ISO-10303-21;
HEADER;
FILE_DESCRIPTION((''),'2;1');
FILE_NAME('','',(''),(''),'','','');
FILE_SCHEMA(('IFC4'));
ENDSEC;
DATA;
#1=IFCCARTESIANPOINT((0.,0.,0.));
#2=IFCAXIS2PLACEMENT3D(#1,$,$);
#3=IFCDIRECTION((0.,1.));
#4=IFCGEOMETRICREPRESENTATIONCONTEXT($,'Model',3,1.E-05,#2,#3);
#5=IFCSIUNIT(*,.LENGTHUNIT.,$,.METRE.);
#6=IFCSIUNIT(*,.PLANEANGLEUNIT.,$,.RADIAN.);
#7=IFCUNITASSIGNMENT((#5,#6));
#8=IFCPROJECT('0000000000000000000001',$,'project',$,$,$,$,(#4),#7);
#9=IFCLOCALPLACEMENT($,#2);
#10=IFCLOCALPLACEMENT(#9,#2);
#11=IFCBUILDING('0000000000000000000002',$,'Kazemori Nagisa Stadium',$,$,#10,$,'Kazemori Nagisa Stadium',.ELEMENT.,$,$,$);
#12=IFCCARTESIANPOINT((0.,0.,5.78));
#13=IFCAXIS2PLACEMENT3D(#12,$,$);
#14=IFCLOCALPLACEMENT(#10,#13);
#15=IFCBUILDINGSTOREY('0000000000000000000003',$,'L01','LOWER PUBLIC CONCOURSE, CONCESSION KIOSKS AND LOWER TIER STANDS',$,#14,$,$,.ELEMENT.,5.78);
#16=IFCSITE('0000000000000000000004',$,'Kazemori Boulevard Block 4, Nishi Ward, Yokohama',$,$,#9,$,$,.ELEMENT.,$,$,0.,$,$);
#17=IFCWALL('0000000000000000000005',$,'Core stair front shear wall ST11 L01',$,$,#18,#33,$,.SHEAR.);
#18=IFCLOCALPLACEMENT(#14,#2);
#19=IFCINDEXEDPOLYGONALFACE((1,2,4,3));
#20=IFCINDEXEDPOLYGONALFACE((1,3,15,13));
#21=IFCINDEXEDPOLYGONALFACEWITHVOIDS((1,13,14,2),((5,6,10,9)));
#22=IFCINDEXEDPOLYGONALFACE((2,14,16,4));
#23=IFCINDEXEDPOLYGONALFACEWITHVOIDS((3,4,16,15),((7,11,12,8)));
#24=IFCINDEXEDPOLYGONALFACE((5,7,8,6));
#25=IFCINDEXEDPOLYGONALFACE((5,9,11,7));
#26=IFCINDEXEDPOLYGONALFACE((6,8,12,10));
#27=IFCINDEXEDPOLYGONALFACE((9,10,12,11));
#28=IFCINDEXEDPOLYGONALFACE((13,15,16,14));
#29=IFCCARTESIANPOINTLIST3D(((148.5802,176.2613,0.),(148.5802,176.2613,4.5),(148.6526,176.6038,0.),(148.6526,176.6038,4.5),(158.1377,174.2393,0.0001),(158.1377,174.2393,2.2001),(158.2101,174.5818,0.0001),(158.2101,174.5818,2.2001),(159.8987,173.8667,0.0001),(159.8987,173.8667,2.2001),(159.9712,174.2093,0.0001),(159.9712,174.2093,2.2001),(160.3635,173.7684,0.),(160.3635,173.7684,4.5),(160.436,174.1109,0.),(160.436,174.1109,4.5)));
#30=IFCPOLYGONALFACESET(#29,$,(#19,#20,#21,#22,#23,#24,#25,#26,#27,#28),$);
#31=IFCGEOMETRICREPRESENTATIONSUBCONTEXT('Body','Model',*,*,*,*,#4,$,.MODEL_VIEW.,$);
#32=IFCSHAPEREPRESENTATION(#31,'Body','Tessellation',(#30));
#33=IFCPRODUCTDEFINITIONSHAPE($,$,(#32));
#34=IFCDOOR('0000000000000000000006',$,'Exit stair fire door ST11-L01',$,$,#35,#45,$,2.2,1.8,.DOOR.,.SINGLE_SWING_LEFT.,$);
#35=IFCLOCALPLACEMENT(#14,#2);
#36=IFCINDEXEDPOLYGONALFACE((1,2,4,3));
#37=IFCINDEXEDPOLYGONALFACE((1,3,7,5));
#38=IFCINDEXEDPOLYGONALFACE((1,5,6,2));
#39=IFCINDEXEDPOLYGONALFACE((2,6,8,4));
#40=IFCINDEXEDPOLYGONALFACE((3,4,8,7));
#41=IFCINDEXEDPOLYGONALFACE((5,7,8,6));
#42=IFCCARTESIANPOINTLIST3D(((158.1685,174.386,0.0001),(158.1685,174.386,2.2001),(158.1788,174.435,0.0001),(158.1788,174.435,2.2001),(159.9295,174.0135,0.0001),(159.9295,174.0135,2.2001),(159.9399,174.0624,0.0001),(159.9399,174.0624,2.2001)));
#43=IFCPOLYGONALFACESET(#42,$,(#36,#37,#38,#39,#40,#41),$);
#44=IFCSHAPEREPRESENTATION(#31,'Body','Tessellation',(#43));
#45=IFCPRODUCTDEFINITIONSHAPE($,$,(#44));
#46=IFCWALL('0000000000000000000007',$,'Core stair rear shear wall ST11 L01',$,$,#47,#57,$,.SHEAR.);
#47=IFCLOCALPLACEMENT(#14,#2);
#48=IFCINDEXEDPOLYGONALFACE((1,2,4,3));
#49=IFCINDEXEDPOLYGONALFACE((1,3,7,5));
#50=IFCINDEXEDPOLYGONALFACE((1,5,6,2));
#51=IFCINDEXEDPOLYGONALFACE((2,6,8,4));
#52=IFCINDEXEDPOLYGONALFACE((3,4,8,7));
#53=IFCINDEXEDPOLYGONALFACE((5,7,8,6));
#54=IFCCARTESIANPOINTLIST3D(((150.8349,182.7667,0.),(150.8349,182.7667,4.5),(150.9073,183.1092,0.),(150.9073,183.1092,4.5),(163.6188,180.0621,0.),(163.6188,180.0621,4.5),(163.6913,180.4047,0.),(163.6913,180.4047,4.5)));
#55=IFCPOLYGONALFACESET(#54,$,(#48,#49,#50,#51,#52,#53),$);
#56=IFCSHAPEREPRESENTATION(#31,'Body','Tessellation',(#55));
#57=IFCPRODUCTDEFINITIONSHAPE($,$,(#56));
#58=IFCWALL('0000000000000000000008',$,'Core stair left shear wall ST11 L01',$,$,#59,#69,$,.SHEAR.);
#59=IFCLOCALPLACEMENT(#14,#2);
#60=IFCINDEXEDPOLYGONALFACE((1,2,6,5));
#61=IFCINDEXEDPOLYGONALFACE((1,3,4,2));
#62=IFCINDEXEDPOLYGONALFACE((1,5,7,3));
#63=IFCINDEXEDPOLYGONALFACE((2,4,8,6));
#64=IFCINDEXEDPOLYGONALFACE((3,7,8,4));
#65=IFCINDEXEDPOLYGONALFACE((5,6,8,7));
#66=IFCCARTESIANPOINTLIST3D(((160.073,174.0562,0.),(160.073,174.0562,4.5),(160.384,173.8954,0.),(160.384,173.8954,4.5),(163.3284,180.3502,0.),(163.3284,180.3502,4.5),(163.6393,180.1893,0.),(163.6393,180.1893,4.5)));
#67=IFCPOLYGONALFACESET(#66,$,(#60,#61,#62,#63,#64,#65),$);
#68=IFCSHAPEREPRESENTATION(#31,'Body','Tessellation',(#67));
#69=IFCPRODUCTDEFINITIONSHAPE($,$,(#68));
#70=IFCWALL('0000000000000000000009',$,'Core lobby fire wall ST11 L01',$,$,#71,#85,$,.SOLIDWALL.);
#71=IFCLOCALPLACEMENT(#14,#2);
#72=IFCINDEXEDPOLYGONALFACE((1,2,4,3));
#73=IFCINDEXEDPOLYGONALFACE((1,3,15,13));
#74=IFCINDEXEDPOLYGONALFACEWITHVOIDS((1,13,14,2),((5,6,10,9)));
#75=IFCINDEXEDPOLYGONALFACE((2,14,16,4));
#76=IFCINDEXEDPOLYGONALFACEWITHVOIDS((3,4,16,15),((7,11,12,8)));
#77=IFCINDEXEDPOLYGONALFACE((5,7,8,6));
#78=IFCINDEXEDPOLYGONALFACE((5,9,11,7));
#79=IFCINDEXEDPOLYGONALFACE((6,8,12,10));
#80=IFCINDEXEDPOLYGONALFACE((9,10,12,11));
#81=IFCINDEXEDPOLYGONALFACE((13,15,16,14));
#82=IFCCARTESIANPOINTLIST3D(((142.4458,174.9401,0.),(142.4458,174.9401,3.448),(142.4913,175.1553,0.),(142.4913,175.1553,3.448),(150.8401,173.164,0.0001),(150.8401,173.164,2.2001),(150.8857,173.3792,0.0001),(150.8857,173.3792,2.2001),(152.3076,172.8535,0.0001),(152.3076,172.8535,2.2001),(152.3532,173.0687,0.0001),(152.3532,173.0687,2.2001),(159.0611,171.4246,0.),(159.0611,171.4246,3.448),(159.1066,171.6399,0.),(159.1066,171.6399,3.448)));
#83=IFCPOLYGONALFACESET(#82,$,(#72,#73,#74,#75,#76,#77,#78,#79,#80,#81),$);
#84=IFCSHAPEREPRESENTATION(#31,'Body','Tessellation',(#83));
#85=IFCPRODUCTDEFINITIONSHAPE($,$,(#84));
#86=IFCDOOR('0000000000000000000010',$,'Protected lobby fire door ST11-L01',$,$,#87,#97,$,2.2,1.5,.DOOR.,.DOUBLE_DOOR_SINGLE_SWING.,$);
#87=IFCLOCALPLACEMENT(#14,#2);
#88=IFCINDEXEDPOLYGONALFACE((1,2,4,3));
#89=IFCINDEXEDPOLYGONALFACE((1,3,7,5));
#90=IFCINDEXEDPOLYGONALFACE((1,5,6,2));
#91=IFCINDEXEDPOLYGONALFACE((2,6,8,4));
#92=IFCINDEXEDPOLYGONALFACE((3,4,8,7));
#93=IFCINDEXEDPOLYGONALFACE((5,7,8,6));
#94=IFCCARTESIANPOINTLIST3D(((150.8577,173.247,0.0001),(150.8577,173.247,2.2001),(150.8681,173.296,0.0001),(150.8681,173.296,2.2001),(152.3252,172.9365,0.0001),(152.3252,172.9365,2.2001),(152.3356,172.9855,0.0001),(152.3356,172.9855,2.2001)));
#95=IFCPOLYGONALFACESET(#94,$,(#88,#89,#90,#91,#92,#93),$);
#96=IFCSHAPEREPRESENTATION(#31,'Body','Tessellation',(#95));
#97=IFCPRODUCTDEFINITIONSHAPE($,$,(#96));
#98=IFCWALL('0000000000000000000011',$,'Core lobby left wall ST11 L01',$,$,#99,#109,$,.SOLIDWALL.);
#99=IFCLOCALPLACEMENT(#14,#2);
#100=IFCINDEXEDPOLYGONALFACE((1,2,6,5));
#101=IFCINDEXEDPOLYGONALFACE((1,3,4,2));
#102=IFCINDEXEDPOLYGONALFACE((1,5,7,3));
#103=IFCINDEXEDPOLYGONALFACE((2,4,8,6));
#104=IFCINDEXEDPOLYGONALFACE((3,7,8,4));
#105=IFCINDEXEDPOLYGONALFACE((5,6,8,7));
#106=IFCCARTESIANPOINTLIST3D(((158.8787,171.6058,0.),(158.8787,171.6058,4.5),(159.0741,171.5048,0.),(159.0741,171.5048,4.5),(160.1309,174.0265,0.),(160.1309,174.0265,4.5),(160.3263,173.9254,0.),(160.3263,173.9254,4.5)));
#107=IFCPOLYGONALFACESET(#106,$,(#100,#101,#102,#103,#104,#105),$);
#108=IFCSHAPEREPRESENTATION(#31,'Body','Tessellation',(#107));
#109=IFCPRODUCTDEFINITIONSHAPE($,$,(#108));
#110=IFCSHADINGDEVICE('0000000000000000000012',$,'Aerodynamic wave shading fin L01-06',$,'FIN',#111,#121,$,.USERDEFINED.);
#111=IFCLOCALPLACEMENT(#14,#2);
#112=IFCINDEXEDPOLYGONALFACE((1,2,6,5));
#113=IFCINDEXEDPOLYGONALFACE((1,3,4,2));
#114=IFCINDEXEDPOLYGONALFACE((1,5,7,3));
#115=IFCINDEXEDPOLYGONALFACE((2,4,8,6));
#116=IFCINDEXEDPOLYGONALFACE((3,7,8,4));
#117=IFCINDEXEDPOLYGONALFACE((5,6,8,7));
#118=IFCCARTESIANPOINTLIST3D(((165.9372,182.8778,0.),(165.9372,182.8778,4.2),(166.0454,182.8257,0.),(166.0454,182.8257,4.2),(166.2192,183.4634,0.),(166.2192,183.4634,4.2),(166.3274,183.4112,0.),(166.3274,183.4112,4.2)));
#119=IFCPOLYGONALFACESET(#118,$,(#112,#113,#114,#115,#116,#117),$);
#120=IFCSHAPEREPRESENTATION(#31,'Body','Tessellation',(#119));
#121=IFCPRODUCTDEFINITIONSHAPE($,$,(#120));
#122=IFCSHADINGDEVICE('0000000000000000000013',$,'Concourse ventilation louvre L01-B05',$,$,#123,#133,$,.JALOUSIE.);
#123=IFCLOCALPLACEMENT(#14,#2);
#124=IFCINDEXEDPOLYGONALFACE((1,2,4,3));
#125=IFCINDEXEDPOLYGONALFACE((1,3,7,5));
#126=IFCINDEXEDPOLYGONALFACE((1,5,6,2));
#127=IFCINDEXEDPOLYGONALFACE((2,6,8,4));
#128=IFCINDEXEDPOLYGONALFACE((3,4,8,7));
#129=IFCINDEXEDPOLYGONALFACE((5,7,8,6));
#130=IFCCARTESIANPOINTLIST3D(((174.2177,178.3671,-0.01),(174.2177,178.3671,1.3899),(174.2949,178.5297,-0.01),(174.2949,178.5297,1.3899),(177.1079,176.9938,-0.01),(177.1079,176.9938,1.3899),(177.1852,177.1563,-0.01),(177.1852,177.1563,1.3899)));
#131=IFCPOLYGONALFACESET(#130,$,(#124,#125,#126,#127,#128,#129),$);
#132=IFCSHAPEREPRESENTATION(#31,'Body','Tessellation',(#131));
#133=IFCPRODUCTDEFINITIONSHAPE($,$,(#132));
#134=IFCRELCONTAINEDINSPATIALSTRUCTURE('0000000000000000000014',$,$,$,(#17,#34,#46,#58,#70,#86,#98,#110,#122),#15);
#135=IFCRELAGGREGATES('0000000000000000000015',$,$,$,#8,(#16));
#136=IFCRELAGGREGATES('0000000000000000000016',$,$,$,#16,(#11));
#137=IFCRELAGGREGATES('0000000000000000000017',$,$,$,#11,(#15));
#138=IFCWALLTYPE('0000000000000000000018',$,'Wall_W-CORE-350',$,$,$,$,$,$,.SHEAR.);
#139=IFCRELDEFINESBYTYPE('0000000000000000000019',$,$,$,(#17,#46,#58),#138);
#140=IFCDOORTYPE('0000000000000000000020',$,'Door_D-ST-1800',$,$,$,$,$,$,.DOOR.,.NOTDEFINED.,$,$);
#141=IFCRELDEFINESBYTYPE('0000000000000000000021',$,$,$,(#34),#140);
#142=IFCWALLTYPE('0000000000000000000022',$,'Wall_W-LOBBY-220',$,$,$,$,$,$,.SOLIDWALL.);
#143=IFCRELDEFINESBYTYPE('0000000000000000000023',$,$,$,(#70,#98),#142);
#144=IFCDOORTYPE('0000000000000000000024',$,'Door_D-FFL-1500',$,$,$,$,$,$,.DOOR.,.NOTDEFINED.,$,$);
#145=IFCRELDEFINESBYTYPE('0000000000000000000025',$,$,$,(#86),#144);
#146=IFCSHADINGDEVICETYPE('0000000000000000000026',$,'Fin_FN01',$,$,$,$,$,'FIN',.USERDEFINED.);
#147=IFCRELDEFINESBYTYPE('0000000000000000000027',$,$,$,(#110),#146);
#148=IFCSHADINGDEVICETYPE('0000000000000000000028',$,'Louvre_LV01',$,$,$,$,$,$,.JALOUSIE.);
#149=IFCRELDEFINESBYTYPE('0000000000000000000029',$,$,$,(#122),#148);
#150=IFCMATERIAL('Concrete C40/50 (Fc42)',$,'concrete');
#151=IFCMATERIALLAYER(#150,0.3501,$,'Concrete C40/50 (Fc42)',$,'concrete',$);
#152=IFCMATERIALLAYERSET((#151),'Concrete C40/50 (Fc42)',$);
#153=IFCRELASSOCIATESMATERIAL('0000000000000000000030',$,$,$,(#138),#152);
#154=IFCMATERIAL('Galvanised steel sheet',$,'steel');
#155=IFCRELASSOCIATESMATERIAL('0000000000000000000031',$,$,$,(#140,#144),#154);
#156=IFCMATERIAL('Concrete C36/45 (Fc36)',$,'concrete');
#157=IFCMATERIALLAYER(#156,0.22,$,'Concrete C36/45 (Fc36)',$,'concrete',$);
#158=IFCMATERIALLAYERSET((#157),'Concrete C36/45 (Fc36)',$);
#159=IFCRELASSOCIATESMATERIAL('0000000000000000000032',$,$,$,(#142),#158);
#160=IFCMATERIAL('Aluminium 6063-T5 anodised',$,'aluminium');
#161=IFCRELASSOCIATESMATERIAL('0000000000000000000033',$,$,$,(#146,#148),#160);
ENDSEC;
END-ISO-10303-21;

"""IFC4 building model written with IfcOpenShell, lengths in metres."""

from ifc_helpers import new_model, si_unit, direction, frame, frame_2d, origin, origin_2d, place, context, subcontext, project, spatial, rectangle, extrude, material, layer, layer_set, type_object, element, fill, save


model = new_model("IFC4")

# Units and contexts
model_context = context("Model", 3, precision=1e-05, world=origin(), true_north=direction((0.0, 1.0)))
body_context = subcontext(model_context, "Body", "Model", "MODEL_VIEW")
ifc_project = project(units=[si_unit("LENGTHUNIT", "METRE"), si_unit("PLANEANGLEUNIT", "RADIAN")], contexts=[model_context])

# Site, building, storey
site_placement = place(None, origin())
site = spatial("IfcSite", under=ifc_project, at=site_placement, Name="Kazemori Boulevard Block 4, Nishi Ward, Yokohama", CompositionType="ELEMENT", RefElevation=0.0)
building_placement = place(site_placement, origin())
building = spatial("IfcBuilding", under=site, at=building_placement, Name="Kazemori Nagisa Stadium", LongName="Kazemori Nagisa Stadium", CompositionType="ELEMENT")
storey_placement = place(building_placement, frame((0.0, 0.0, 5.78)))
storey = spatial("IfcBuildingStorey", under=building, at=storey_placement, Name="L01", Description="LOWER PUBLIC CONCOURSE, CONCESSION KIOSKS AND LOWER TIER STANDS", CompositionType="ELEMENT", Elevation=5.78)

# Shared definitions
ifc_material_1 = material(Name="Concrete C40/50 (Fc42)", Category="concrete")

# Shared definitions
ifc_material_2 = material(Name="Aluminium 6063-T5 anodised", Category="aluminium")

# Wall, opening, door
ifc_layer_1 = layer(ifc_material_1, 0.3501, Name="Concrete C40/50 (Fc42)", Category="concrete")
ifc_layer_set_1 = layer_set([ifc_layer_1], Name="Concrete C40/50 (Fc42)")
wall_type_1 = type_object("IfcWallType", Name="Wall_W-CORE-350", PredefinedType="SHEAR", material=ifc_layer_set_1)
wall_1_placement = place(storey_placement, frame((160.3997, 173.9397, 0.0), z_axis=(0.0, 0.0, 1.0), x_axis=(-0.978345, 0.20698, 0.0)))
wall_1 = element("IfcWall", 1, at=wall_1_placement, inside=storey, type_object=wall_type_1, Name="Core stair front shear wall ST11 L01", PredefinedType="SHEAR", context=body_context, shape_type="SweptSolid", body=[
    extrude(rectangle(XDim=12.0442, YDim=0.3501, at=frame_2d((6.022, 0.0))), origin(), (0.0, 0.0, 1.0), 4.5),
])
opening_1_placement = place(wall_1_placement, frame((0.4751, 0.0, 0.0)))
opening_1 = element("IfcOpeningElement", 2, at=opening_1_placement, cuts=wall_1, PredefinedType="OPENING", context=body_context, shape_type="SweptSolid", body=[
    extrude(rectangle(XDim=1.8, YDim=2.2, at=frame_2d((0.8999, 1.1001))), frame((0.0, 0.1851, 0.0), z_axis=(0.0, -1.0, 0.0), x_axis=(1.0, 0.0, 0.0)), (0.0, 0.0, 1.0), 0.3701),
])
ifc_material_3 = material(Name="Galvanised steel sheet", Category="steel")
door_type_1 = type_object("IfcDoorType", Name="Door_D-ST-1800", OperationType="NOTDEFINED", PredefinedType="DOOR", material=ifc_material_3)
door_1_placement = place(opening_1_placement, frame((1.8, 0.0, 0.0), z_axis=(0.0, 0.0, 1.0), x_axis=(-1.0, 0.0, 0.0)))
door_1 = element("IfcDoor", 3, at=door_1_placement, inside=storey, type_object=door_type_1, Name="Exit stair fire door ST11-L01", OperationType="SINGLE_SWING_LEFT", OverallHeight=2.2, OverallWidth=1.8, PredefinedType="DOOR", context=body_context, shape_type="SweptSolid", body=[
    extrude(rectangle(XDim=1.8, YDim=2.2, at=frame_2d((0.8999, 1.1001))), frame((0.0, 0.0249, 0.0), z_axis=(0.0, -1.0, 0.0), x_axis=(1.0, 0.0, 0.0)), (0.0, 0.0, 1.0), 0.05),
])
fill(opening_1, door_1)

# Walls
wall_2_placement = place(storey_placement, frame((163.655, 180.2334, 0.0), z_axis=(0.0, 0.0, 1.0), x_axis=(-0.978345, 0.20698, 0.0)))
element("IfcWall", 4, at=wall_2_placement, inside=storey, type_object=wall_type_1, Name="Core stair rear shear wall ST11 L01", PredefinedType="SHEAR", context=body_context, shape_type="SweptSolid", body=[
    extrude(rectangle(XDim=13.0669, YDim=0.3501, at=frame_2d((6.5334, 0.0))), origin(), (0.0, 0.0, 1.0), 4.5),
])
wall_3_placement = place(storey_placement, frame((160.2285, 173.9758, 0.0), z_axis=(0.0, 0.0, 1.0), x_axis=(0.45941, 0.888224, 0.0)))
element("IfcWall", 5, at=wall_3_placement, inside=storey, type_object=wall_type_1, Name="Core stair left shear wall ST11 L01", PredefinedType="SHEAR", context=body_context, shape_type="SweptSolid", body=[
    extrude(rectangle(XDim=7.0859, YDim=0.3501, at=frame_2d((3.543, 0.0))), origin(), (0.0, 0.0, 1.0), 4.5),
])

# Wall, opening, door
ifc_material_4 = material(Name="Concrete C36/45 (Fc36)", Category="concrete")
ifc_layer_2 = layer(ifc_material_4, 0.22, Name="Concrete C36/45 (Fc36)", Category="concrete")
ifc_layer_set_2 = layer_set([ifc_layer_2], Name="Concrete C36/45 (Fc36)")
wall_type_2 = type_object("IfcWallType", Name="Wall_W-LOBBY-220", PredefinedType="SOLIDWALL", material=ifc_layer_set_2)
wall_4_placement = place(storey_placement, frame((159.084, 171.5322, 0.0), z_axis=(0.0, 0.0, 1.0), x_axis=(-0.978342, 0.206994, 0.0)))
wall_4 = element("IfcWall", 6, at=wall_4_placement, inside=storey, type_object=wall_type_2, Name="Core lobby fire wall ST11 L01", PredefinedType="SOLIDWALL", context=body_context, shape_type="SweptSolid", body=[
    extrude(rectangle(XDim=16.9832, YDim=0.22, at=frame_2d((8.4917, 0.0))), origin(), (0.0, 0.0, 1.0), 3.448),
])
opening_2_placement = place(wall_4_placement, frame((6.9031, 0.0, 0.0)))
opening_2 = element("IfcOpeningElement", 7, at=opening_2_placement, cuts=wall_4, PredefinedType="OPENING", context=body_context, shape_type="SweptSolid", body=[
    extrude(rectangle(XDim=1.5, YDim=2.2, at=frame_2d((0.75, 1.1001))), frame((0.0, 0.1199, 0.0), z_axis=(0.0, -1.0, 0.0), x_axis=(1.0, 0.0, 0.0)), (0.0, 0.0, 1.0), 0.24),
])
door_type_2 = type_object("IfcDoorType", Name="Door_D-FFL-1500", OperationType="NOTDEFINED", PredefinedType="DOOR", material=ifc_material_3)
door_2_placement = place(opening_2_placement, frame((1.5, 0.0, 0.0), z_axis=(0.0, 0.0, 1.0), x_axis=(-1.0, 0.0, 0.0)))
door_2 = element("IfcDoor", 8, at=door_2_placement, inside=storey, type_object=door_type_2, Name="Protected lobby fire door ST11-L01", OperationType="DOUBLE_DOOR_SINGLE_SWING", OverallHeight=2.2, OverallWidth=1.5, PredefinedType="DOOR", context=body_context, shape_type="SweptSolid", body=[
    extrude(rectangle(XDim=1.5, YDim=2.2, at=frame_2d((0.75, 1.1001))), frame((0.0, 0.0249, 0.0), z_axis=(0.0, -1.0, 0.0), x_axis=(1.0, 0.0, 0.0)), (0.0, 0.0, 1.0), 0.05),
])
fill(opening_2, door_2)

# Wall
wall_5_placement = place(storey_placement, frame((158.9763, 171.5552, 0.0), z_axis=(0.0, 0.0, 1.0), x_axis=(0.459462, 0.888197, 0.0)))
element("IfcWall", 9, at=wall_5_placement, inside=storey, type_object=wall_type_2, Name="Core lobby left wall ST11 L01", PredefinedType="SOLIDWALL", context=body_context, shape_type="SweptSolid", body=[
    extrude(rectangle(XDim=2.7253, YDim=0.22, at=frame_2d((1.3628, 0.0))), origin(), (0.0, 0.0, 1.0), 4.5),
])

# Shading devices
shading_device_type_1 = type_object("IfcShadingDeviceType", Name="Fin_FN01", ElementType="FIN", PredefinedType="USERDEFINED", material=ifc_material_2)
shading_device_1_placement = place(storey_placement, frame((166.1323, 183.1445, 0.0), z_axis=(0.0, 0.0, 1.0), x_axis=(0.433884, 0.900969, 0.0)))
element("IfcShadingDevice", 10, at=shading_device_1_placement, inside=storey, type_object=shading_device_type_1, Name="Aerodynamic wave shading fin L01-06", ObjectType="FIN", PredefinedType="USERDEFINED", context=body_context, shape_type="SweptSolid", body=[
    extrude(rectangle(XDim=0.6499, YDim=0.1201, at=origin_2d()), origin(), (0.0, 0.0, 1.0), 4.2),
])
shading_device_type_2 = type_object("IfcShadingDeviceType", Name="Louvre_LV01", PredefinedType="JALOUSIE", material=ifc_material_2)
shading_device_2_placement = place(storey_placement, frame((175.7014, 177.7617, -0.01), z_axis=(0.0, 0.0, 1.0), x_axis=(-0.903216, 0.429186, 0.0)))
element("IfcShadingDevice", 11, at=shading_device_2_placement, inside=storey, type_object=shading_device_type_2, Name="Concourse ventilation louvre L01-B05", PredefinedType="JALOUSIE", context=body_context, shape_type="SweptSolid", body=[
    extrude(rectangle(XDim=3.2, YDim=0.1799, at=origin_2d()), origin(), (0.0, 0.0, 1.0), 1.3999),
])

save(model, "model.ifc")
